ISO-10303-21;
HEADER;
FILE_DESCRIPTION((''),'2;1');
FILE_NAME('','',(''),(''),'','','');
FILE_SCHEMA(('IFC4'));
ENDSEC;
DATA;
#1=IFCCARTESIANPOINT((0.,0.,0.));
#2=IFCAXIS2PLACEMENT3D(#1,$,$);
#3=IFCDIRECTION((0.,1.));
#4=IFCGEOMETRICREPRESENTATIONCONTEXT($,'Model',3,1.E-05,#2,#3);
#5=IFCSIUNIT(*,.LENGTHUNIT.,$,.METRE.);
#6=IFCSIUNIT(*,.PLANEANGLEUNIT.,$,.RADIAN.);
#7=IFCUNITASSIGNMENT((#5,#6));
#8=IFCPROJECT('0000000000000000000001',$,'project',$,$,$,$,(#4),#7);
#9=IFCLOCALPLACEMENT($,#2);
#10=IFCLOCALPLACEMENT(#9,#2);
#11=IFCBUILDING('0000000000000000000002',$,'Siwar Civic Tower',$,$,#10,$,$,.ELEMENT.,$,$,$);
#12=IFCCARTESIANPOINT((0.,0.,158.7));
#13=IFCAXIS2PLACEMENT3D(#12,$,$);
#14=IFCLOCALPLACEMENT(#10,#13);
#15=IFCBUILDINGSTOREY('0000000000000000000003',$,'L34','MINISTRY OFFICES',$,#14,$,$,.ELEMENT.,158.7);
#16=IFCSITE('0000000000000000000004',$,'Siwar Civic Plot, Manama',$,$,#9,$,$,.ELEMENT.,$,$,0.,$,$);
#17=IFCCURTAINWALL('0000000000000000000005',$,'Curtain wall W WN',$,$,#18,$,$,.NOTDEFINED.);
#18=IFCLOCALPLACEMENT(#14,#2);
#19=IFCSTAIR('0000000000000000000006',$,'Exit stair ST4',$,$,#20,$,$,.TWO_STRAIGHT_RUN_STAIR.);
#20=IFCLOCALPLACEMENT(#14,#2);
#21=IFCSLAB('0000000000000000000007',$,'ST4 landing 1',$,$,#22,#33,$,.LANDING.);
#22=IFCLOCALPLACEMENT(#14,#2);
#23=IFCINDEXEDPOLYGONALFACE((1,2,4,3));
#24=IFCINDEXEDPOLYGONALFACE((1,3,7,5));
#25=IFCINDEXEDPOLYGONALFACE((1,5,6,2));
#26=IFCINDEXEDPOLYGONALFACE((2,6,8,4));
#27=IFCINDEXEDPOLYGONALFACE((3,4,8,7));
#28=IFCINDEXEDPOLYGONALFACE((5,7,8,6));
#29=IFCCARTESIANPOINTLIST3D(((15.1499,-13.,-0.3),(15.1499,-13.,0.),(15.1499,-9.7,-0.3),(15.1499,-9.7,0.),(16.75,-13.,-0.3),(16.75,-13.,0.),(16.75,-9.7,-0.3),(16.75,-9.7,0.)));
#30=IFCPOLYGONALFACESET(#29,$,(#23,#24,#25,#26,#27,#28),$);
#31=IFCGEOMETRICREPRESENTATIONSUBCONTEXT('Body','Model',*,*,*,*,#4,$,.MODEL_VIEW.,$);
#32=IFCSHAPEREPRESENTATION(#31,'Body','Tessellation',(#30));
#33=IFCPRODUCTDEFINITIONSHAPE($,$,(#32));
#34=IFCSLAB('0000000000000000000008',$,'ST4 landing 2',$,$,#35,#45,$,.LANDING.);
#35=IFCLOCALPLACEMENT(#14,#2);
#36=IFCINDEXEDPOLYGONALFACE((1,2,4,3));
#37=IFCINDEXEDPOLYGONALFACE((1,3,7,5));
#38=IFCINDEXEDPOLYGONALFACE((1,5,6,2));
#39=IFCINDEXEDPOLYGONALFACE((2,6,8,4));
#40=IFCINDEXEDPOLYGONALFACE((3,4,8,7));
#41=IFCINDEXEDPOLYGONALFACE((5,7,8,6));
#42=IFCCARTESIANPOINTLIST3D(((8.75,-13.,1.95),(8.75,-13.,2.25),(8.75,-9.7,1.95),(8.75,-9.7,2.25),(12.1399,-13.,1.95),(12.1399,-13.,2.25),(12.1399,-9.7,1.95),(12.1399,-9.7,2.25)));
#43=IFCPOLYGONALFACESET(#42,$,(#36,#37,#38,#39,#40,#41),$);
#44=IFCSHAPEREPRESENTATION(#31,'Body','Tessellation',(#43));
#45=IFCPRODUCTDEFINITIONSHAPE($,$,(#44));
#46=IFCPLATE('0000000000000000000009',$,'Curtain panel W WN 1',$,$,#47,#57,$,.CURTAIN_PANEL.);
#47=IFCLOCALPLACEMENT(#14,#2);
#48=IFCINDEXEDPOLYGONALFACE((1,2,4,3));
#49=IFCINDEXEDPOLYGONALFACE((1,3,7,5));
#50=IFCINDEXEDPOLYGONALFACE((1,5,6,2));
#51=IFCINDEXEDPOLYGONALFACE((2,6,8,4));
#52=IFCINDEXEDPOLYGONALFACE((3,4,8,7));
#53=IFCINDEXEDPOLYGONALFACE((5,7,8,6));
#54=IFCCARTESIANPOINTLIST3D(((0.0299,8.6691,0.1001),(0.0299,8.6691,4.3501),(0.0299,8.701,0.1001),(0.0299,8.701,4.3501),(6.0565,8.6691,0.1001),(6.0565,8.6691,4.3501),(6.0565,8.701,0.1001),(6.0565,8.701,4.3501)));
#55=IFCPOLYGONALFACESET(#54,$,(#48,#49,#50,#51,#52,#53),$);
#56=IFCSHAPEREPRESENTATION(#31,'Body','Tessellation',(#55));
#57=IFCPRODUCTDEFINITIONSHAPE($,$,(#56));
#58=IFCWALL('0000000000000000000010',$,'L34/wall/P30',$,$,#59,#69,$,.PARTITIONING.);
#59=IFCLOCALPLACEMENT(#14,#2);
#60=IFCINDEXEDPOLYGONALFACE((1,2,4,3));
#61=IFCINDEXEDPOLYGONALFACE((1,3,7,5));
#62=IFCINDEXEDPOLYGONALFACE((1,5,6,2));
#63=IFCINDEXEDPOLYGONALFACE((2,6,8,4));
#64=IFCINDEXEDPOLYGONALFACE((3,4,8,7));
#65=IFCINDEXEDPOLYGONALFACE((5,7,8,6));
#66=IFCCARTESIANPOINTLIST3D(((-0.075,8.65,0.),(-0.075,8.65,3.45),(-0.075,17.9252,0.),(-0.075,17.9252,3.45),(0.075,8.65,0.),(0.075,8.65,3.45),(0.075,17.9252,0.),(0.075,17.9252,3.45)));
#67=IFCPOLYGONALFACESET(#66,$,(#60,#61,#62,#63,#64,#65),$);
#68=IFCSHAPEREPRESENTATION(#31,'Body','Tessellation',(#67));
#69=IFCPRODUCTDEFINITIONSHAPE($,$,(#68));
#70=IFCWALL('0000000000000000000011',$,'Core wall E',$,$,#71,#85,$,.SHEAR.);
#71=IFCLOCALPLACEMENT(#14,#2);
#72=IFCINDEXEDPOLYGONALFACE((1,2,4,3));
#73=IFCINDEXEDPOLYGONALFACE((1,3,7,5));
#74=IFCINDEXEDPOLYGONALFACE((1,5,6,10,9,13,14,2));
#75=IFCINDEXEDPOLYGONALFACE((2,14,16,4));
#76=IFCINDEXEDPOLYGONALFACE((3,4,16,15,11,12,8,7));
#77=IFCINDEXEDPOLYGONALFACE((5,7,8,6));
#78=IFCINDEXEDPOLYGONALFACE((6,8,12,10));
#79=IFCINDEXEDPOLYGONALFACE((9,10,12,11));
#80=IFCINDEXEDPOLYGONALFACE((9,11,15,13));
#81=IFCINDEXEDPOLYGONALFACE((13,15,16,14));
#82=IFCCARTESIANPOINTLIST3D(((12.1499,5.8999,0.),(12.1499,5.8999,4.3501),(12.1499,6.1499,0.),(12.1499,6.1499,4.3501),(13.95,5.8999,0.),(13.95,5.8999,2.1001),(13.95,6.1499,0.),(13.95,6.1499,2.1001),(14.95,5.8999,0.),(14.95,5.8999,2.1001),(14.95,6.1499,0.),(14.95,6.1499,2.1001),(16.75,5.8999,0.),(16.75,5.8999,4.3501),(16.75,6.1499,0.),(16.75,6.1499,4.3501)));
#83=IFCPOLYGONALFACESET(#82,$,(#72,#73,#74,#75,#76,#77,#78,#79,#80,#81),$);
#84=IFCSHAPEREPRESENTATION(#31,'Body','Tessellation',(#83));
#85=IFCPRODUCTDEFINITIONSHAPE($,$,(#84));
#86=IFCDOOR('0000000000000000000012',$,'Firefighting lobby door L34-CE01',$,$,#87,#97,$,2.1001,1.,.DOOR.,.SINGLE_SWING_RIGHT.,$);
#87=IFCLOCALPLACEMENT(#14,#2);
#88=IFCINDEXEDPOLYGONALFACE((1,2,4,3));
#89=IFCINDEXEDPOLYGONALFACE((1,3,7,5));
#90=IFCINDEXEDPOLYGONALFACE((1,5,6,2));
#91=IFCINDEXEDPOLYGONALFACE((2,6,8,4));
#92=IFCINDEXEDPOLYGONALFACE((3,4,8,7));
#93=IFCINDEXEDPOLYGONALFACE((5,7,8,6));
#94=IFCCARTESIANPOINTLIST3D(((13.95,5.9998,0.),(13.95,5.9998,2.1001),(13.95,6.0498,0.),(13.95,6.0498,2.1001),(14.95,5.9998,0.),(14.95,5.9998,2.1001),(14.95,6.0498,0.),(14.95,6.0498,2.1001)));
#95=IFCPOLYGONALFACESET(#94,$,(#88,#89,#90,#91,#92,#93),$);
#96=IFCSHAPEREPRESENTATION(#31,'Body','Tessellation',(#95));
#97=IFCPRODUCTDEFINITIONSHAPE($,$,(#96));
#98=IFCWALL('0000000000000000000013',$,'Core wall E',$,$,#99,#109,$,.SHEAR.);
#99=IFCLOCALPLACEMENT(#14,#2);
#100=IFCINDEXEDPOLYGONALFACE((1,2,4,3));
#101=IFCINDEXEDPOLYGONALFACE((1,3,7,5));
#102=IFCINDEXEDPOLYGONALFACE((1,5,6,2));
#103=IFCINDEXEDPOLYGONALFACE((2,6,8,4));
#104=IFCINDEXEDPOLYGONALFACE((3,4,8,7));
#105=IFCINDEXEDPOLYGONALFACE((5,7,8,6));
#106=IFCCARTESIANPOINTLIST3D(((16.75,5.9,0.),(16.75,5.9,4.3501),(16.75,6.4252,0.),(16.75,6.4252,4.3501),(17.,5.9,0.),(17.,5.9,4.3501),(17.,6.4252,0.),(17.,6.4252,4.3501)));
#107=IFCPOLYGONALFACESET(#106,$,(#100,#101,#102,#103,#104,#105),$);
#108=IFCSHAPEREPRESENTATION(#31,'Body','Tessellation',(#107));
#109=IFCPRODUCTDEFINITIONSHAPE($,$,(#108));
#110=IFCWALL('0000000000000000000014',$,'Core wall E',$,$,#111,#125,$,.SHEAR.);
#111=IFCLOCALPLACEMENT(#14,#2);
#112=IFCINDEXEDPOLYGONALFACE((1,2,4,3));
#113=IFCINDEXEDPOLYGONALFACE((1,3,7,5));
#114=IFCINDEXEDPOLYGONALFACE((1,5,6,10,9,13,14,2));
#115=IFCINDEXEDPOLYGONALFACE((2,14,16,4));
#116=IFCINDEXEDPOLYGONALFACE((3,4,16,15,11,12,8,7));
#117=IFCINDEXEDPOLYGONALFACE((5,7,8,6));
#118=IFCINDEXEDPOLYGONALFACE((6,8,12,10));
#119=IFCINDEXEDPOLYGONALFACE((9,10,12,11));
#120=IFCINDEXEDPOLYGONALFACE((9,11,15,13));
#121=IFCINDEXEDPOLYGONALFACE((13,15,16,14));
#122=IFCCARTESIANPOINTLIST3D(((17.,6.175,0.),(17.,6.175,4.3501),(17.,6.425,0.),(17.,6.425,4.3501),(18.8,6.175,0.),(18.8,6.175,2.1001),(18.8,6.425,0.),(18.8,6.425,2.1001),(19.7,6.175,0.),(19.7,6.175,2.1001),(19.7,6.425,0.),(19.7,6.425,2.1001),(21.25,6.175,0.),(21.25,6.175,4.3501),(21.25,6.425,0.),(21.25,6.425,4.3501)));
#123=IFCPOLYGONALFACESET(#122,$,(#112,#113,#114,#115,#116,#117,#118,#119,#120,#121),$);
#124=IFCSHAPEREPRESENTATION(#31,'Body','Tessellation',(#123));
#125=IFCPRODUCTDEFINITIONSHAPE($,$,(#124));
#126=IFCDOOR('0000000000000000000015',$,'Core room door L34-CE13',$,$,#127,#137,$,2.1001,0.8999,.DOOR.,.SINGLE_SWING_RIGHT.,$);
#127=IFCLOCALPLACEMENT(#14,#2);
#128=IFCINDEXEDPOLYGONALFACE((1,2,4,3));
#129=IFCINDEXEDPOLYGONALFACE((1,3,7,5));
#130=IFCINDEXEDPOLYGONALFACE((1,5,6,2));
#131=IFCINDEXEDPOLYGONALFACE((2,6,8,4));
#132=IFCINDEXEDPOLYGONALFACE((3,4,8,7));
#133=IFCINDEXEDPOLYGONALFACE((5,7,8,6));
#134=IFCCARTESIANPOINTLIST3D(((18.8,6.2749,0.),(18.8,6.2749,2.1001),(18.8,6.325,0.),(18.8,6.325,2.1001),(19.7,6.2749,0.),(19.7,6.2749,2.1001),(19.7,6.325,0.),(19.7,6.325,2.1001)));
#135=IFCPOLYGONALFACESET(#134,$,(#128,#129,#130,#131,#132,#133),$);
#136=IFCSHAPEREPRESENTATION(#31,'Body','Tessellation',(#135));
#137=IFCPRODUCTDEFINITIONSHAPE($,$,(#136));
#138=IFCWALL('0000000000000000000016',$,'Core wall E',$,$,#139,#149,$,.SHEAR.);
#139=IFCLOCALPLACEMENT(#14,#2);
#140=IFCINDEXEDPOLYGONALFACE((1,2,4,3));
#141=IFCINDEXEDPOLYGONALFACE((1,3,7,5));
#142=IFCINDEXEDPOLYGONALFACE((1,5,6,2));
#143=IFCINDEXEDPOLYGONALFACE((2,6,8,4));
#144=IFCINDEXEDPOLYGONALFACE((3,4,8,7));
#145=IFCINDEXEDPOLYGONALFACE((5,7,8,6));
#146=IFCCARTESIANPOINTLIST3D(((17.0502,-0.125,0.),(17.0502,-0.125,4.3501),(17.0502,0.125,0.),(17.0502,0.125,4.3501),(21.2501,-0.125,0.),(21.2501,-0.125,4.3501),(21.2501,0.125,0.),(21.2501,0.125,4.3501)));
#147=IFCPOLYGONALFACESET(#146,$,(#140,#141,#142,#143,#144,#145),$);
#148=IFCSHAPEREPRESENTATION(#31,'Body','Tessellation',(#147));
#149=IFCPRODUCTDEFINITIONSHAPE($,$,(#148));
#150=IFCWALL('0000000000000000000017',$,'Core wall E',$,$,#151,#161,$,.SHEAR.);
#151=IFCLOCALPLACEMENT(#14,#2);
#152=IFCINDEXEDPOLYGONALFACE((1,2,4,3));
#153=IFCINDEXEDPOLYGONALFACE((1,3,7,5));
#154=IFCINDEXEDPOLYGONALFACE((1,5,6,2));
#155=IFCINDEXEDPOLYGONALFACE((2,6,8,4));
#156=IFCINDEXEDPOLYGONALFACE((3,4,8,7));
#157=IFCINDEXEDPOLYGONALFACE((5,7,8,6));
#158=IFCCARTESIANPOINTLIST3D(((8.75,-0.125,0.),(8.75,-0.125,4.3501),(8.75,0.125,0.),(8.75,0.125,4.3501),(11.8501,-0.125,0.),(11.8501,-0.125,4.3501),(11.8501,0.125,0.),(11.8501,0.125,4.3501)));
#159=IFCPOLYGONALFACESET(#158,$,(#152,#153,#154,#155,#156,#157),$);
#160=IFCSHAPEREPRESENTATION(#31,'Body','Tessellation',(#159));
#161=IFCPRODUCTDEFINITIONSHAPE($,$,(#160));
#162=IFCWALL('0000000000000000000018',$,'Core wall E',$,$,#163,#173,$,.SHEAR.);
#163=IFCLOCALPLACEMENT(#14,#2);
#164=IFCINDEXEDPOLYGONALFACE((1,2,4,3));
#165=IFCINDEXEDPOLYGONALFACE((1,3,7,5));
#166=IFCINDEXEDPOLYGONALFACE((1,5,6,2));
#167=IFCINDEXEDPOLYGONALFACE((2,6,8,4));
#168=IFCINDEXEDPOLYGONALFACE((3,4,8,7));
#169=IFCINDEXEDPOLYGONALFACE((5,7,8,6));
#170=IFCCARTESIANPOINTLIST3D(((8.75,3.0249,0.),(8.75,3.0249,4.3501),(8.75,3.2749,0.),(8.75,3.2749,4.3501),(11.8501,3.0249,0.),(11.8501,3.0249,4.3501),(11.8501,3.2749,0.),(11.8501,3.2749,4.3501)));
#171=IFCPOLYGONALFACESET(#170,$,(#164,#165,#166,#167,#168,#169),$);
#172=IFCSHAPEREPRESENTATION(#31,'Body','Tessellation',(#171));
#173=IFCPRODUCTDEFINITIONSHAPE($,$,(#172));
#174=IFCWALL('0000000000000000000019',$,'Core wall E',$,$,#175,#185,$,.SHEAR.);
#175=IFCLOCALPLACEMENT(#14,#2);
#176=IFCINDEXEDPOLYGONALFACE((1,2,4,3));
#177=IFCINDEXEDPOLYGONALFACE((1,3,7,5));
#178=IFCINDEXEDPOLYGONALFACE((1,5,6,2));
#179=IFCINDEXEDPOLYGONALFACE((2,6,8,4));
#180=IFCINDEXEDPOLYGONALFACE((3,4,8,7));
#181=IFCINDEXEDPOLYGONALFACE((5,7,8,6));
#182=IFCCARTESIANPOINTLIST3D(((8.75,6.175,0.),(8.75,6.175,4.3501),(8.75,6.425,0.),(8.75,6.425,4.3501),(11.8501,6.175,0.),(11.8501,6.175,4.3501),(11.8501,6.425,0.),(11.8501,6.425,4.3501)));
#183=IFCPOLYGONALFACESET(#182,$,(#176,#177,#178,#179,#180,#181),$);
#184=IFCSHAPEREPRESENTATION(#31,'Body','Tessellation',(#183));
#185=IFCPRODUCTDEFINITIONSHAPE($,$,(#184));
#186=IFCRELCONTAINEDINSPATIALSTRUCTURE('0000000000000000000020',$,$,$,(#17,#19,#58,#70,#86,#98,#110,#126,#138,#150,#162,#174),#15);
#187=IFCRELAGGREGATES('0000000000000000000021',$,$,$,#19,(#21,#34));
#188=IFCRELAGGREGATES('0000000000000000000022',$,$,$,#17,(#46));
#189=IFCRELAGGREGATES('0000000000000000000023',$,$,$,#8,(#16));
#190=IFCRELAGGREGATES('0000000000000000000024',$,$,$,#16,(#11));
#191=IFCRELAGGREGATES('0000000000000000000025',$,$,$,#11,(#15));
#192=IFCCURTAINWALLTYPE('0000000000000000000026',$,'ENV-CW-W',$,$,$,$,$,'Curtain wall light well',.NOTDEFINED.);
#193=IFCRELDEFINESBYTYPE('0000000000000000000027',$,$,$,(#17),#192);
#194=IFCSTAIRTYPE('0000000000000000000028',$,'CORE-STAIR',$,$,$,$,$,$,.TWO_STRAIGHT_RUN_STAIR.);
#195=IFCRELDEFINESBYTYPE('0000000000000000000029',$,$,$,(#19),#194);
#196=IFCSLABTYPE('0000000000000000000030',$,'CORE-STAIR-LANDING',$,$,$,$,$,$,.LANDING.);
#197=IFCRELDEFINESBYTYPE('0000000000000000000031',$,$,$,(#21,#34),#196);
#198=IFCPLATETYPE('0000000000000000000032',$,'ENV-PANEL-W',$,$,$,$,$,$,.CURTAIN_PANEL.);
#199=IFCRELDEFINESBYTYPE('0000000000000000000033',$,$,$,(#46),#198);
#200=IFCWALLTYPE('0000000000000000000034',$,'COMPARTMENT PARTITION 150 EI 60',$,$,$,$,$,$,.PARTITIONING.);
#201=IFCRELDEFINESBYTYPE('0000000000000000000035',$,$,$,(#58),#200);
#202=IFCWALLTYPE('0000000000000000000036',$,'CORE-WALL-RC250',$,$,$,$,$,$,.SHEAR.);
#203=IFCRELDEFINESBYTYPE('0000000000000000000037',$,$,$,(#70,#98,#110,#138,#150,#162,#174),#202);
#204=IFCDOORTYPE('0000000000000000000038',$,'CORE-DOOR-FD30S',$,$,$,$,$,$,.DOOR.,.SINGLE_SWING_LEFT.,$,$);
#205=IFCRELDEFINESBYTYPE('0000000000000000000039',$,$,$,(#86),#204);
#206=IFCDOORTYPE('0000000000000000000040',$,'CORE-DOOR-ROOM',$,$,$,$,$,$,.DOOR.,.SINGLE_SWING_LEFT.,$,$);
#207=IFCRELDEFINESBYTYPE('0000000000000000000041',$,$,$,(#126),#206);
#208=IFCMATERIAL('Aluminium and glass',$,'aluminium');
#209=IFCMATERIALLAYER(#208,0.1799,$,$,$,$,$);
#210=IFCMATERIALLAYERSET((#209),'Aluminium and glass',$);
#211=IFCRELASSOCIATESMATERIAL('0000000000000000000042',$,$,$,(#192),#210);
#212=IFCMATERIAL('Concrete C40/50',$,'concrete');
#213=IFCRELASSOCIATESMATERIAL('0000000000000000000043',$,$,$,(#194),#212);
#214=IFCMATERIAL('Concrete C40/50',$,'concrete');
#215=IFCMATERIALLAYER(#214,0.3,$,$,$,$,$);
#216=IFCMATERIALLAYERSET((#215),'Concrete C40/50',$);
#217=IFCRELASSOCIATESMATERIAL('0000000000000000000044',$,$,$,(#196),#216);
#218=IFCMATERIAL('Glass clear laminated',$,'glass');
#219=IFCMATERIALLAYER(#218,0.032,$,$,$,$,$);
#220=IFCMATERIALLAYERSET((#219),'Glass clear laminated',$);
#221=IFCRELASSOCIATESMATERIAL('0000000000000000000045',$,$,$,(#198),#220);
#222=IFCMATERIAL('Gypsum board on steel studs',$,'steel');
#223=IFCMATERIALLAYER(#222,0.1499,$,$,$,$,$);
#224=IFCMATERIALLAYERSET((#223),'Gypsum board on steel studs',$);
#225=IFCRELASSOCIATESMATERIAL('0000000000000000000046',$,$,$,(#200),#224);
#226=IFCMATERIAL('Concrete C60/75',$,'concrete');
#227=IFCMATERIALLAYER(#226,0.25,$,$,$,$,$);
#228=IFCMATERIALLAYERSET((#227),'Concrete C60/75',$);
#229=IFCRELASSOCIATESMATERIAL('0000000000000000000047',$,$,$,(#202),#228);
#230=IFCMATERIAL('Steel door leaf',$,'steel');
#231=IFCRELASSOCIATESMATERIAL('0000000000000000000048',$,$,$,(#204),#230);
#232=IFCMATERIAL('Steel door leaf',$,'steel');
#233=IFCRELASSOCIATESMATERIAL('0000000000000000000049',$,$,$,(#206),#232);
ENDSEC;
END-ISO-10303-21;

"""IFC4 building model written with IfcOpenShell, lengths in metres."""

from ifc_helpers import new_model, si_unit, direction, frame, frame_2d, origin, origin_2d, place, context, subcontext, project, spatial, polyline, rectangle, outline, extrude, material, layer, layer_set, type_object, element, fill, aggregate, save


model = new_model("IFC4")

# Units and contexts
model_context = context("Model", 3, precision=1e-05, world=origin(), true_north=direction((0.0, 1.0)))
body_context = subcontext(model_context, "Body", "Model", "MODEL_VIEW")
ifc_project = project(units=[si_unit("LENGTHUNIT", "METRE"), si_unit("PLANEANGLEUNIT", "RADIAN")], contexts=[model_context])

# Site, building, storey
site_placement = place(None, origin())
site = spatial("IfcSite", under=ifc_project, at=site_placement, Name="Siwar Civic Plot, Manama", CompositionType="ELEMENT", RefElevation=0.0)
building_placement = place(site_placement, origin())
building = spatial("IfcBuilding", under=site, at=building_placement, Name="Siwar Civic Tower", CompositionType="ELEMENT")
storey_placement = place(building_placement, frame((0.0, 0.0, 158.7)))
storey = spatial("IfcBuildingStorey", under=building, at=storey_placement, Name="L34", Description="MINISTRY OFFICES", CompositionType="ELEMENT", Elevation=158.7)

# Curtain wall
ifc_material_1 = material(Name="Aluminium and glass", Category="aluminium")
ifc_layer_1 = layer(ifc_material_1, 0.1799)
ifc_layer_set_1 = layer_set([ifc_layer_1], Name="Aluminium and glass")
curtain_wall_type = type_object("IfcCurtainWallType", Name="ENV-CW-W", ElementType="Curtain wall light well", PredefinedType="NOTDEFINED", material=ifc_layer_set_1)
curtain_wall_placement = place(storey_placement, origin())
curtain_wall = element("IfcCurtainWall", 1, at=curtain_wall_placement, inside=storey, type_object=curtain_wall_type, Name="Curtain wall W WN", PredefinedType="NOTDEFINED")

# Shared definitions
ifc_material_2 = material(Name="Concrete C40/50", Category="concrete")
stair_type = type_object("IfcStairType", Name="CORE-STAIR", PredefinedType="TWO_STRAIGHT_RUN_STAIR", material=ifc_material_2)
ifc_material_3 = material(Name="Concrete C40/50", Category="concrete")
ifc_layer_2 = layer(ifc_material_3, 0.3)
ifc_layer_set_2 = layer_set([ifc_layer_2], Name="Concrete C40/50")
slab_type = type_object("IfcSlabType", Name="CORE-STAIR-LANDING", PredefinedType="LANDING", material=ifc_layer_set_2)

# Stair, slabs
stair_1_placement = place(storey_placement, origin())
stair_1 = element("IfcStair", 2, at=stair_1_placement, inside=storey, type_object=stair_type, Name="Exit stair ST4", PredefinedType="TWO_STRAIGHT_RUN_STAIR")
slab_1_placement = place(storey_placement, frame((0.0, 0.0, -0.3)))
slab_1 = element("IfcSlab", 3, at=slab_1_placement, type_object=slab_type, Name="ST4 landing 1", PredefinedType="LANDING", context=body_context, shape_type="SweptSolid", body=[
    extrude(outline(polyline([(15.1499, -13.0), (16.75, -13.0), (16.75, -9.7), (15.1499, -9.7), (15.1499, -13.0)])), origin(), (0.0, 0.0, 1.0), 0.3),
])
slab_2_placement = place(storey_placement, frame((0.0, 0.0, 1.95)))
slab_2 = element("IfcSlab", 4, at=slab_2_placement, type_object=slab_type, Name="ST4 landing 2", PredefinedType="LANDING", context=body_context, shape_type="SweptSolid", body=[
    extrude(outline(polyline([(8.75, -13.0), (12.1399, -13.0), (12.1399, -9.7), (8.75, -9.7), (8.75, -13.0)])), origin(), (0.0, 0.0, 1.0), 0.3),
])
aggregate(stair_1, [slab_1, slab_2])

# Plate
ifc_material_4 = material(Name="Glass clear laminated", Category="glass")
ifc_layer_3 = layer(ifc_material_4, 0.032)
ifc_layer_set_3 = layer_set([ifc_layer_3], Name="Glass clear laminated")
plate_type = type_object("IfcPlateType", Name="ENV-PANEL-W", PredefinedType="CURTAIN_PANEL", material=ifc_layer_set_3)
plate_placement = place(storey_placement, frame((3.0432, 8.6851, 0.1001), z_axis=(0.0, 0.0, 1.0), x_axis=(-1.0, 0.0, 0.0)))
plate = element("IfcPlate", 5, at=plate_placement, type_object=plate_type, Name="Curtain panel W WN 1", PredefinedType="CURTAIN_PANEL", context=body_context, shape_type="SweptSolid", body=[
    extrude(rectangle(XDim=6.0266, YDim=0.032, at=origin_2d()), origin(), (0.0, 0.0, 1.0), 4.25),
])
aggregate(curtain_wall, [plate])

# Wall
ifc_material_5 = material(Name="Gypsum board on steel studs", Category="steel")
ifc_layer_4 = layer(ifc_material_5, 0.1499)
ifc_layer_set_4 = layer_set([ifc_layer_4], Name="Gypsum board on steel studs")
wall_type_1 = type_object("IfcWallType", Name="COMPARTMENT PARTITION 150 EI 60", PredefinedType="PARTITIONING", material=ifc_layer_set_4)
wall_1_placement = place(storey_placement, frame((0.0, 8.6499, 0.0), z_axis=(0.0, 0.0, 1.0), x_axis=(0.0, 1.0, 0.0)))
element("IfcWall", 6, at=wall_1_placement, inside=storey, type_object=wall_type_1, Name="L34/wall/P30", PredefinedType="PARTITIONING", context=body_context, shape_type="SweptSolid", body=[
    extrude(rectangle(XDim=9.2751, YDim=0.1499, at=frame_2d((4.6377, 0.0))), origin(), (0.0, 0.0, 1.0), 3.45),
])

# Wall, opening, door
ifc_material_6 = material(Name="Concrete C60/75", Category="concrete")
ifc_layer_5 = layer(ifc_material_6, 0.25)
ifc_layer_set_5 = layer_set([ifc_layer_5], Name="Concrete C60/75")
wall_type_2 = type_object("IfcWallType", Name="CORE-WALL-RC250", PredefinedType="SHEAR", material=ifc_layer_set_5)
wall_2_placement = place(storey_placement, frame((12.1499, 6.0249, 0.0), z_axis=(0.0, 0.0, 1.0), x_axis=(1.0, 0.0, 0.0)))
wall_2 = element("IfcWall", 7, at=wall_2_placement, inside=storey, type_object=wall_type_2, Name="Core wall E", PredefinedType="SHEAR", context=body_context, shape_type="SweptSolid", body=[
    extrude(rectangle(XDim=4.6001, YDim=0.25, at=frame_2d((2.3, 0.0))), origin(), (0.0, 0.0, 1.0), 4.3501),
])
opening_1_placement = place(wall_2_placement, frame((1.8, 0.0, 0.0)))
opening_1 = element("IfcOpeningElement", 8, at=opening_1_placement, cuts=wall_2, PredefinedType="OPENING", context=body_context, shape_type="SweptSolid", body=[
    extrude(rectangle(XDim=1.0, YDim=2.1001, at=frame_2d((0.5, 1.05))), frame((0.0, 0.135, 0.0), z_axis=(0.0, -1.0, 0.0), x_axis=(1.0, 0.0, 0.0)), (0.0, 0.0, 1.0), 0.27),
])
ifc_material_7 = material(Name="Steel door leaf", Category="steel")
door_type_1 = type_object("IfcDoorType", Name="CORE-DOOR-FD30S", OperationType="SINGLE_SWING_LEFT", PredefinedType="DOOR", material=ifc_material_7)
door_1_placement = place(opening_1_placement, origin())
door_1 = element("IfcDoor", 9, at=door_1_placement, inside=storey, type_object=door_type_1, Name="Firefighting lobby door L34-CE01", OperationType="SINGLE_SWING_RIGHT", OverallHeight=2.1001, OverallWidth=1.0, PredefinedType="DOOR", context=body_context, shape_type="SweptSolid", body=[
    extrude(rectangle(XDim=1.0, YDim=2.1001, at=frame_2d((0.5, 1.05))), frame((0.0, 0.0249, 0.0), z_axis=(0.0, -1.0, 0.0), x_axis=(1.0, 0.0, 0.0)), (0.0, 0.0, 1.0), 0.05),
])
fill(opening_1, door_1)

# Wall
wall_3_placement = place(storey_placement, frame((16.875, 5.8999, 0.0), z_axis=(0.0, 0.0, 1.0), x_axis=(0.0, 1.0, 0.0)))
element("IfcWall", 10, at=wall_3_placement, inside=storey, type_object=wall_type_2, Name="Core wall E", PredefinedType="SHEAR", context=body_context, shape_type="SweptSolid", body=[
    extrude(rectangle(XDim=0.5251, YDim=0.25, at=frame_2d((0.2627, 0.0))), origin(), (0.0, 0.0, 1.0), 4.3501),
])

# Wall, opening, door
wall_4_placement = place(storey_placement, frame((17.0, 6.3, 0.0), z_axis=(0.0, 0.0, 1.0), x_axis=(1.0, 0.0, 0.0)))
wall_4 = element("IfcWall", 11, at=wall_4_placement, inside=storey, type_object=wall_type_2, Name="Core wall E", PredefinedType="SHEAR", context=body_context, shape_type="SweptSolid", body=[
    extrude(rectangle(XDim=4.25, YDim=0.25, at=frame_2d((2.125, 0.0))), origin(), (0.0, 0.0, 1.0), 4.3501),
])
opening_2_placement = place(wall_4_placement, frame((1.8, 0.0, 0.0)))
opening_2 = element("IfcOpeningElement", 12, at=opening_2_placement, cuts=wall_4, PredefinedType="OPENING", context=body_context, shape_type="SweptSolid", body=[
    extrude(rectangle(XDim=0.8999, YDim=2.1001, at=frame_2d((0.45, 1.05))), frame((0.0, 0.135, 0.0), z_axis=(0.0, -1.0, 0.0), x_axis=(1.0, 0.0, 0.0)), (0.0, 0.0, 1.0), 0.27),
])
ifc_material_8 = material(Name="Steel door leaf", Category="steel")
door_type_2 = type_object("IfcDoorType", Name="CORE-DOOR-ROOM", OperationType="SINGLE_SWING_LEFT", PredefinedType="DOOR", material=ifc_material_8)
door_2_placement = place(opening_2_placement, origin())
door_2 = element("IfcDoor", 13, at=door_2_placement, inside=storey, type_object=door_type_2, Name="Core room door L34-CE13", OperationType="SINGLE_SWING_RIGHT", OverallHeight=2.1001, OverallWidth=0.8999, PredefinedType="DOOR", context=body_context, shape_type="SweptSolid", body=[
    extrude(rectangle(XDim=0.8999, YDim=2.1001, at=frame_2d((0.45, 1.05))), frame((0.0, 0.0249, 0.0), z_axis=(0.0, -1.0, 0.0), x_axis=(1.0, 0.0, 0.0)), (0.0, 0.0, 1.0), 0.05),
])
fill(opening_2, door_2)

# Walls
wall_5_placement = place(storey_placement, frame((17.05, 0.0, 0.0), z_axis=(0.0, 0.0, 1.0), x_axis=(1.0, 0.0, 0.0)))
element("IfcWall", 14, at=wall_5_placement, inside=storey, type_object=wall_type_2, Name="Core wall E", PredefinedType="SHEAR", context=body_context, shape_type="SweptSolid", body=[
    extrude(rectangle(XDim=4.2, YDim=0.25, at=frame_2d((2.1001, 0.0))), origin(), (0.0, 0.0, 1.0), 4.3501),
])
for number, where, z_axis, x_axis, name in (
    (15, (8.75, 0.0, 0.0), (0.0, 0.0, 1.0), (1.0, 0.0, 0.0), "Core wall E"),
    (16, (8.75, 3.1499, 0.0), (0.0, 0.0, 1.0), (1.0, 0.0, 0.0), "Core wall E"),
    (17, (8.75, 6.3, 0.0), (0.0, 0.0, 1.0), (1.0, 0.0, 0.0), "Core wall E"),
):
    element("IfcWall", number, at=place(storey_placement, frame(where, z_axis=z_axis, x_axis=x_axis)), inside=storey, type_object=wall_type_2, Name=name, PredefinedType="SHEAR", context=body_context, shape_type="SweptSolid", body=[
        extrude(rectangle(XDim=3.1001, YDim=0.25, at=frame_2d((1.55, 0.0))), origin(), (0.0, 0.0, 1.0), 4.3501),
    ])

save(model, "model.ifc")
